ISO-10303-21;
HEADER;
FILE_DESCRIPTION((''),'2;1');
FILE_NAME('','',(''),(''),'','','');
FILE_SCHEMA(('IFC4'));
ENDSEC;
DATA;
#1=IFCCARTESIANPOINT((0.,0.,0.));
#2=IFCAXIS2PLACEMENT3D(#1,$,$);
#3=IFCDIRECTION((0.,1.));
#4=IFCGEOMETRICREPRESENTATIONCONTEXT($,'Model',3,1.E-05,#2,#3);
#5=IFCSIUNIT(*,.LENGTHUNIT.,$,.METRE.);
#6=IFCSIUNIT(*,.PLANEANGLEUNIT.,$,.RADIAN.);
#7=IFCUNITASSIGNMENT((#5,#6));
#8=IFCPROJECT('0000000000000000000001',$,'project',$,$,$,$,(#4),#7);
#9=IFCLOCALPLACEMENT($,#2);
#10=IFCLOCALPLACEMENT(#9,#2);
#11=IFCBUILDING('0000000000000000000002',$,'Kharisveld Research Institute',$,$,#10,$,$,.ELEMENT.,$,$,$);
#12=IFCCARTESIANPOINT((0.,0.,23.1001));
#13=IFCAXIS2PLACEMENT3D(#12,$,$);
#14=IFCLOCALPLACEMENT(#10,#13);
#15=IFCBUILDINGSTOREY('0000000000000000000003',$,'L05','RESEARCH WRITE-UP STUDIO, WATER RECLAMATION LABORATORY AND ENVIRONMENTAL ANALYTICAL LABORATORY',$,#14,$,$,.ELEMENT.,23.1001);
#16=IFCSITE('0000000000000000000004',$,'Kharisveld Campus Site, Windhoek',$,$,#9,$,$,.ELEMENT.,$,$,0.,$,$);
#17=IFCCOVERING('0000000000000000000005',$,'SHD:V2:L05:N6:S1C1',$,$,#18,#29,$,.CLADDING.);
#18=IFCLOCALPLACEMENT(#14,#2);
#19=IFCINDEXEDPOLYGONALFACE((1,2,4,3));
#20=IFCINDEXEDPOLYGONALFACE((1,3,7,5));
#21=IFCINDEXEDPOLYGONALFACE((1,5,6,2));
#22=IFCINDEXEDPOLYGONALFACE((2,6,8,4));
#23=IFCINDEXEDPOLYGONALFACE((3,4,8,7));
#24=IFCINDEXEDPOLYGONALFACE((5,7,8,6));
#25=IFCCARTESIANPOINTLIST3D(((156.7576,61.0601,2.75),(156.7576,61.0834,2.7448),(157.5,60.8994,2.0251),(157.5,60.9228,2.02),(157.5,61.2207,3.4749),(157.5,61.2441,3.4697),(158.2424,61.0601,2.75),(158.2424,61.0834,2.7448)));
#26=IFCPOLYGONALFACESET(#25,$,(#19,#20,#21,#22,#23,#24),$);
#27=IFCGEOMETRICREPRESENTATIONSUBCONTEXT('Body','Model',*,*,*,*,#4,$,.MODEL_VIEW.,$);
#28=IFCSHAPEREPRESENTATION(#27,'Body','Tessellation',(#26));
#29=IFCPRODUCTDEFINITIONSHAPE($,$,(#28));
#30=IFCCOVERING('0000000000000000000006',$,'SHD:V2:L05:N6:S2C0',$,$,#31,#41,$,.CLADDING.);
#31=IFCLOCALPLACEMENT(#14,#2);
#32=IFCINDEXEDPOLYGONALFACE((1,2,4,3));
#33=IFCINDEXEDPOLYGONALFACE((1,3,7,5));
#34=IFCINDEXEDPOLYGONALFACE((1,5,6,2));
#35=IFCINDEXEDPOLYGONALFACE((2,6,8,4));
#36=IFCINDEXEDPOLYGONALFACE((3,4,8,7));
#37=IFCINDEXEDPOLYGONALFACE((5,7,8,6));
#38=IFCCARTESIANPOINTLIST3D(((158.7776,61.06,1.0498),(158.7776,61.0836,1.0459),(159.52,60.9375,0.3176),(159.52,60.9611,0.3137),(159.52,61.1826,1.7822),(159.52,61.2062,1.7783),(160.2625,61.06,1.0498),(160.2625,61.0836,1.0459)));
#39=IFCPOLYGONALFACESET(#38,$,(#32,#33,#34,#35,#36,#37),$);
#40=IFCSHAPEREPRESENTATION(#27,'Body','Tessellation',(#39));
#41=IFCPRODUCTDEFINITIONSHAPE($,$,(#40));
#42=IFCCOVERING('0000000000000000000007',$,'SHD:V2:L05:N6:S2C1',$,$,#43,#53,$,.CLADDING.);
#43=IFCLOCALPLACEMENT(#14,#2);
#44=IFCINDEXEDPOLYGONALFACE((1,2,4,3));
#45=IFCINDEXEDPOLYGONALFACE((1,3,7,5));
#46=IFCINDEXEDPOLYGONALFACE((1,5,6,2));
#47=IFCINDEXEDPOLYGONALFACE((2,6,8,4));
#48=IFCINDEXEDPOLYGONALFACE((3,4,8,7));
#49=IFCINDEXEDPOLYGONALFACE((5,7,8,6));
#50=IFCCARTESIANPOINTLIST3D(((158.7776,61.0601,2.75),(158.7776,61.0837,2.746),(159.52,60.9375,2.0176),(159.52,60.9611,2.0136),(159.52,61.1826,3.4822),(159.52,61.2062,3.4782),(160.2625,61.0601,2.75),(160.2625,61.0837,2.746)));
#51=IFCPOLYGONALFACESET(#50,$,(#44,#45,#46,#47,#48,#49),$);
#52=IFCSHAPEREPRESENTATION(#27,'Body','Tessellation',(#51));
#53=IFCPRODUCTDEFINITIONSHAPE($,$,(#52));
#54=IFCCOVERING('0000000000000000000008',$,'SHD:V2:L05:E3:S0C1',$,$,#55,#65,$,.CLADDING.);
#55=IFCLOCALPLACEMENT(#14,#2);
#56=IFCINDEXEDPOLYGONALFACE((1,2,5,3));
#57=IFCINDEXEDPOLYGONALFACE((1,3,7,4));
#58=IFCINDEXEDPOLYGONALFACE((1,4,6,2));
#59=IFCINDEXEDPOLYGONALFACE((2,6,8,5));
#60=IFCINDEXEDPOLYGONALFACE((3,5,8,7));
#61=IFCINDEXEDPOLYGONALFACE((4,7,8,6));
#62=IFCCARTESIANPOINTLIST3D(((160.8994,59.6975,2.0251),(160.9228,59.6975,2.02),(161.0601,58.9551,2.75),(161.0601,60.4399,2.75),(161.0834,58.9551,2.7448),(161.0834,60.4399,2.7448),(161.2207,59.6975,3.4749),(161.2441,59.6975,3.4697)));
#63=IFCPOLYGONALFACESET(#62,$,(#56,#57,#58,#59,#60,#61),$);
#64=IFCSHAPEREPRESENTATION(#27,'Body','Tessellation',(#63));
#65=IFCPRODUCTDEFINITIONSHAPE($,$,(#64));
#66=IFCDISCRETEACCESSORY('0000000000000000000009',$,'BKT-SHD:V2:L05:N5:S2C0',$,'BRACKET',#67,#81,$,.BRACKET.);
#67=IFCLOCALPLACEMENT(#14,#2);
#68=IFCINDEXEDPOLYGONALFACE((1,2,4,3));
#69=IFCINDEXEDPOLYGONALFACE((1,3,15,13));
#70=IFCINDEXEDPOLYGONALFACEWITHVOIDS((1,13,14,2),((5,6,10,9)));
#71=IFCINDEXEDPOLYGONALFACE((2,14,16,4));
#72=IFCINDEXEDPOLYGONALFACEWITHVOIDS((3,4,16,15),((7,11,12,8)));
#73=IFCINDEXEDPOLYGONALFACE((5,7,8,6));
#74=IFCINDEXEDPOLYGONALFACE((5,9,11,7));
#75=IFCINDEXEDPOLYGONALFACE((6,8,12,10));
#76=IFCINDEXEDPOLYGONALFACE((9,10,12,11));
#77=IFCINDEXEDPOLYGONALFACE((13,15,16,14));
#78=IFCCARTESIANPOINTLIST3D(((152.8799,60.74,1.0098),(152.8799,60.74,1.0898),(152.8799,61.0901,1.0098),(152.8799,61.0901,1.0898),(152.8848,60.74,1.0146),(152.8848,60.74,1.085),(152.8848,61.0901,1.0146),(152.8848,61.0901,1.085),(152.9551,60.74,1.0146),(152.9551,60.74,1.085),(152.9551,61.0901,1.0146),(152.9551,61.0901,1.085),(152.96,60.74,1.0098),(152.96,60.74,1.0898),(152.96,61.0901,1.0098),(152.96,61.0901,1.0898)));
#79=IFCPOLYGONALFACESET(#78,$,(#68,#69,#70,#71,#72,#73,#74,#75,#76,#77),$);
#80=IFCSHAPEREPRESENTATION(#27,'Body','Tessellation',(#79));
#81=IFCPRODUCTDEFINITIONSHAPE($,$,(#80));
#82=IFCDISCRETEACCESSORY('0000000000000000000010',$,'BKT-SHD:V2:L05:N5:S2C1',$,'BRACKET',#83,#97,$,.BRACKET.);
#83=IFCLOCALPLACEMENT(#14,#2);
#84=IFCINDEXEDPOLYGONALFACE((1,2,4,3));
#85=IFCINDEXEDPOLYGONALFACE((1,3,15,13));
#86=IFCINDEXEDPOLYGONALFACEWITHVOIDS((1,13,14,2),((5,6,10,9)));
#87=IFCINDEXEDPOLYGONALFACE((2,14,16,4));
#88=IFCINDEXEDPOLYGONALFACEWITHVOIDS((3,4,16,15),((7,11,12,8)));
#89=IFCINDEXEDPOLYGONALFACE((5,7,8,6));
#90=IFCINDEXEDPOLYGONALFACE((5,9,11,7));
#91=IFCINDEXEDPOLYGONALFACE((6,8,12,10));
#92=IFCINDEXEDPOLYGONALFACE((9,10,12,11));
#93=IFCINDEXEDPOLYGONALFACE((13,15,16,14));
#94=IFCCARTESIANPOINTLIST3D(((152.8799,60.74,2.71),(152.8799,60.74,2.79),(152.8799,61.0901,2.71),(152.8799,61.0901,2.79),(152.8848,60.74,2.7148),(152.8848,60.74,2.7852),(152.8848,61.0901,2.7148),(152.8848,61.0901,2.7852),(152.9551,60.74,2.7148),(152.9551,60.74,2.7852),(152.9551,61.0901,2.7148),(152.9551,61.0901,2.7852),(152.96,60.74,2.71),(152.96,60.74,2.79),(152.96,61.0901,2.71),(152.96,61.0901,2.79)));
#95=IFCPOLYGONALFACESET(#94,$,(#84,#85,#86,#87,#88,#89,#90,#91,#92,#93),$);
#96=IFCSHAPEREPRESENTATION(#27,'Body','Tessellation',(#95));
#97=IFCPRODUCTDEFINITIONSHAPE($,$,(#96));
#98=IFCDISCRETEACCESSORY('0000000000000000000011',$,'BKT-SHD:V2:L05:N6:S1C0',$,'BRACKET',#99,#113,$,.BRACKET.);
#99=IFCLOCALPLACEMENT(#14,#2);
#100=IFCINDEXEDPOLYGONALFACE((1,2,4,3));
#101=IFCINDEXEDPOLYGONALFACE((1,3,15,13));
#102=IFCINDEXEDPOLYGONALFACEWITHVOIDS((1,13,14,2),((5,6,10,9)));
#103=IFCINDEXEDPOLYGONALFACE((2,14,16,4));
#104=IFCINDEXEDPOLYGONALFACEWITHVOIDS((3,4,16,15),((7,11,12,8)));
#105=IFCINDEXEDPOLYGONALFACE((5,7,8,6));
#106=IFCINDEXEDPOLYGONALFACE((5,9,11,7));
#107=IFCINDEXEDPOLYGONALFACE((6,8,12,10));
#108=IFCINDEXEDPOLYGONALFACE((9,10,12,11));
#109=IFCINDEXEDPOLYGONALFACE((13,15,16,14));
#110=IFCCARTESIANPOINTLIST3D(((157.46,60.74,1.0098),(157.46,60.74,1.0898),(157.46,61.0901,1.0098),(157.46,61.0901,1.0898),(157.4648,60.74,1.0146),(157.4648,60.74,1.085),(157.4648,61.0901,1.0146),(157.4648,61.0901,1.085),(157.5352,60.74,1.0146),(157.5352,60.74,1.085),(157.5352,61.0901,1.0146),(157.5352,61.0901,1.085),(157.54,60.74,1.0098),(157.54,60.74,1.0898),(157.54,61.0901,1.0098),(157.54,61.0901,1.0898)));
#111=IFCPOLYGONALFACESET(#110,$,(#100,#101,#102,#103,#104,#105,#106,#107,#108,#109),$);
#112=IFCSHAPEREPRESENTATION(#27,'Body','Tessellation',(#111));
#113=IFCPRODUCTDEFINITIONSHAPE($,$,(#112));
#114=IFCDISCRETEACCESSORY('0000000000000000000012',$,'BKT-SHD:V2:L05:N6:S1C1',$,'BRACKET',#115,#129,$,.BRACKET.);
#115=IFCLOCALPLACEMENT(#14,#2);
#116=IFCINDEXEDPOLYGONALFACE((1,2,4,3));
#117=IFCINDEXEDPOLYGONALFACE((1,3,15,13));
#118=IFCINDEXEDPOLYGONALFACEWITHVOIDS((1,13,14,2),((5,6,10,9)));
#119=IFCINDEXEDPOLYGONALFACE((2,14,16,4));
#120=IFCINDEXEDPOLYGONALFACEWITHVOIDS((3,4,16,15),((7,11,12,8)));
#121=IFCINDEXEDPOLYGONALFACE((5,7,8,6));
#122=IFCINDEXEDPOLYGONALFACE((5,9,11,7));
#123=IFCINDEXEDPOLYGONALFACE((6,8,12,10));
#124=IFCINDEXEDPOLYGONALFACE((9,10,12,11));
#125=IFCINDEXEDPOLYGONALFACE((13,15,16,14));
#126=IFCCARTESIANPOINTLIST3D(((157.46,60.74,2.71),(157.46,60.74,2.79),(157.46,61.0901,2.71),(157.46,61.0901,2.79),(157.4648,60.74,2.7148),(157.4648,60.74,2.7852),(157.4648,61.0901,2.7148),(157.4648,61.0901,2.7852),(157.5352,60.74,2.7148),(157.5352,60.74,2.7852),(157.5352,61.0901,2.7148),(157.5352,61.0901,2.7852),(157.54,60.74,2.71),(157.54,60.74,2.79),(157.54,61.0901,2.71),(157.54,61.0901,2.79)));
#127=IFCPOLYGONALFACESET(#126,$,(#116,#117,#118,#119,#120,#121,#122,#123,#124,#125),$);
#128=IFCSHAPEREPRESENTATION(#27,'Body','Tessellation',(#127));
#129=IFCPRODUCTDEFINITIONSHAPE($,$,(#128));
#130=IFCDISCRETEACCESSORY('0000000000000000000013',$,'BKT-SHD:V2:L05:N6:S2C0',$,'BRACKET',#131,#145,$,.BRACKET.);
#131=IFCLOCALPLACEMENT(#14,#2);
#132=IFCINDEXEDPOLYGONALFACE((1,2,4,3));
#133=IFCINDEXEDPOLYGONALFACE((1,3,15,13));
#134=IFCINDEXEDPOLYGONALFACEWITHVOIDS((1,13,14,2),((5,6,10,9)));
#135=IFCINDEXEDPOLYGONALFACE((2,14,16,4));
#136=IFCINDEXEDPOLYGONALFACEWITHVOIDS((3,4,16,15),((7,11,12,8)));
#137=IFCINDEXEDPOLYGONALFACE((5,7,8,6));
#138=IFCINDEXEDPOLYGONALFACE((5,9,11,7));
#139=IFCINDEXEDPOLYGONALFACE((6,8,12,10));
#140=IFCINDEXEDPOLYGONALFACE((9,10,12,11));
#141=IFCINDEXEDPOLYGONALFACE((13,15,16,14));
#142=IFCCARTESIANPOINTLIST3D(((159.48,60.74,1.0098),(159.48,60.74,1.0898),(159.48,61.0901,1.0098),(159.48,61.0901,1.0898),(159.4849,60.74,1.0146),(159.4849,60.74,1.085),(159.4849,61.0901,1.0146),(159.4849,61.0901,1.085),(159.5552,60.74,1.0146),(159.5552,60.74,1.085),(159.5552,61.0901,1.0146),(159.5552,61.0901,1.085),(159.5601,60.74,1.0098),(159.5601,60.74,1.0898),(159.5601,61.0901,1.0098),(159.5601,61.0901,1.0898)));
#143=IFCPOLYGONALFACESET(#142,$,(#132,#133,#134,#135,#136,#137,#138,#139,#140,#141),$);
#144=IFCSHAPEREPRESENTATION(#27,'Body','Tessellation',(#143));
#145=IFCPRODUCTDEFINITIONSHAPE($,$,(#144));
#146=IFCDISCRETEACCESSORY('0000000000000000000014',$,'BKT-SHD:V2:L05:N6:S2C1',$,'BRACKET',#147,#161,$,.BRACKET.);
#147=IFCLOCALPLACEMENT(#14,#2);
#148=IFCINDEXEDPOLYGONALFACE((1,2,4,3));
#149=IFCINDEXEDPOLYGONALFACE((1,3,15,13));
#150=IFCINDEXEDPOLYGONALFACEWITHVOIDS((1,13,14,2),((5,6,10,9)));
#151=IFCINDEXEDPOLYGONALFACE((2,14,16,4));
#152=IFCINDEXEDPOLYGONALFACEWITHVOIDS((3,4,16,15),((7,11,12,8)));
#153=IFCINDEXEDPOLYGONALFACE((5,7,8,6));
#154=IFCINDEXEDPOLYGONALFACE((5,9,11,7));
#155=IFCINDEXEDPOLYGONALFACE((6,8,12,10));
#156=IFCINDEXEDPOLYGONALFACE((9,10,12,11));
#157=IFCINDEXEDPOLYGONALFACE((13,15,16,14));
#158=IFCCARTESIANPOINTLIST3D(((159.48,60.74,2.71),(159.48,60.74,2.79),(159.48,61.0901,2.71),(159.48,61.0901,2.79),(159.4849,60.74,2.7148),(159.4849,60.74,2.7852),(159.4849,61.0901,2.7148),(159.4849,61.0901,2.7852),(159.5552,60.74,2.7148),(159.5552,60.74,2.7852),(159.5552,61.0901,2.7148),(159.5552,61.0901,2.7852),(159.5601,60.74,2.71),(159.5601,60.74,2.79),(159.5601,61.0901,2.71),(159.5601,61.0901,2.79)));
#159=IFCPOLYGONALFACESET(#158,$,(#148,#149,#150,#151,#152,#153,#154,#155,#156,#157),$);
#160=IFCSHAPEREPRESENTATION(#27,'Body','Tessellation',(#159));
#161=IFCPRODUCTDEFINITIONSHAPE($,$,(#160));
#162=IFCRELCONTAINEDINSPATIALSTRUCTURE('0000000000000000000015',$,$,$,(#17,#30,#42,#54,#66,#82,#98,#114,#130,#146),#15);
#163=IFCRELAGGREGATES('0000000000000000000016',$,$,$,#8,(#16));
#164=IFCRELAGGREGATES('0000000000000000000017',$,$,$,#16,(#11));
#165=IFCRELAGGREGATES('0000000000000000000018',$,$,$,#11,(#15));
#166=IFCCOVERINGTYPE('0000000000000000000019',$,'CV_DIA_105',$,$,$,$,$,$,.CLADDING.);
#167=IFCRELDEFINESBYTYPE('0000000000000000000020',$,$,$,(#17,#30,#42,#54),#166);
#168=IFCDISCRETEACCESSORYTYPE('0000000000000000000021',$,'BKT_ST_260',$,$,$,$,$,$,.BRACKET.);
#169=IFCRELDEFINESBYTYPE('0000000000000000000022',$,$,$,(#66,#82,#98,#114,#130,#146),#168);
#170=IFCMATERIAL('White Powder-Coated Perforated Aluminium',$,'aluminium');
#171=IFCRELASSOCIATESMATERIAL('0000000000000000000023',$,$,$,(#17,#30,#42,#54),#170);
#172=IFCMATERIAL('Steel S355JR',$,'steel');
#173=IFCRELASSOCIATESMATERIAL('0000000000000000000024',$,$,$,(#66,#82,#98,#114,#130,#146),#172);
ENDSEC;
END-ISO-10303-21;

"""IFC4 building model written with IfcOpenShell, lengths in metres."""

from ifc_helpers import new_model, si_unit, direction, frame, origin, origin_2d, place, context, subcontext, project, spatial, polyline, hollow_rectangle, outline, extrude, material, type_object, element, save


model = new_model("IFC4")

# Units and contexts
model_context = context("Model", 3, precision=1e-05, world=origin(), true_north=direction((0.0, 1.0)))
body_context = subcontext(model_context, "Body", "Model", "MODEL_VIEW")
ifc_project = project(units=[si_unit("LENGTHUNIT", "METRE"), si_unit("PLANEANGLEUNIT", "RADIAN")], contexts=[model_context])

# Site, building, storey
site_placement = place(None, origin())
site = spatial("IfcSite", under=ifc_project, at=site_placement, Name="Kharisveld Campus Site, Windhoek", CompositionType="ELEMENT", RefElevation=0.0)
building_placement = place(site_placement, origin())
building = spatial("IfcBuilding", under=site, at=building_placement, Name="Kharisveld Research Institute", CompositionType="ELEMENT")
storey_placement = place(building_placement, frame((0.0, 0.0, 23.1001)))
storey = spatial("IfcBuildingStorey", under=building, at=storey_placement, Name="L05", Description="RESEARCH WRITE-UP STUDIO, WATER RECLAMATION LABORATORY AND ENVIRONMENTAL ANALYTICAL LABORATORY", CompositionType="ELEMENT", Elevation=23.1001)

# Coverings
ifc_material_1 = material(Name="White Powder-Coated Perforated Aluminium", Category="aluminium")
covering_type = type_object("IfcCoveringType", Name="CV_DIA_105", PredefinedType="CLADDING")
for number, where, z_axis, x_axis, name in (
    (1, (157.5, 60.8994, 2.0251), (0.0, -0.976311, 0.216373), (0.707102, 0.153, 0.69036), "SHD:V2:L05:N6:S1C1"),
):
    element("IfcCovering", number, at=place(storey_placement, frame(where, z_axis=z_axis, x_axis=x_axis)), inside=storey, type_object=covering_type, material=ifc_material_1, Name=name, PredefinedType="CLADDING", context=body_context, shape_type="SweptSolid", body=[
        extrude(outline(polyline([(0.0, 0.0), (1.05, 0.0), (1.05, 1.05), (0.0, 1.05), (0.0, 0.0)])), origin(), (0.0, 0.0, -1.0), 0.0239),
    ])
covering_1_placement = place(storey_placement, frame((159.52, 60.9375, 0.3176), z_axis=(0.0, -0.986283, 0.165065), x_axis=(0.707139, 0.116714, 0.697376)))
element("IfcCovering", 2, at=covering_1_placement, inside=storey, type_object=covering_type, material=ifc_material_1, Name="SHD:V2:L05:N6:S2C0", PredefinedType="CLADDING", context=body_context, shape_type="SweptSolid", body=[
    extrude(outline(polyline([(0.0, 0.0), (1.0499, 0.0), (1.05, 1.0501), (-0.0001, 1.0499), (0.0, 0.0)])), origin(), (0.0, 0.0, -1.0), 0.0239),
])
covering_2_placement = place(storey_placement, frame((159.52, 60.9375, 2.0176), z_axis=(0.0, -0.986283, 0.165065), x_axis=(0.707024, 0.116733, 0.697489)))
element("IfcCovering", 3, at=covering_2_placement, inside=storey, type_object=covering_type, material=ifc_material_1, Name="SHD:V2:L05:N6:S2C1", PredefinedType="CLADDING", context=body_context, shape_type="SweptSolid", body=[
    extrude(outline(polyline([(0.0, 0.0), (1.0501, 0.0), (1.0502, 1.0499), (0.0002, 1.0501), (0.0, 0.0)])), origin(), (0.0, 0.0, -1.0), 0.0239),
])
covering_3_placement = place(storey_placement, frame((160.8994, 59.6975, 2.0251), z_axis=(-0.976311, 0.0, 0.216373), x_axis=(0.153, -0.707102, 0.69036)))
element("IfcCovering", 4, at=covering_3_placement, inside=storey, type_object=covering_type, material=ifc_material_1, Name="SHD:V2:L05:E3:S0C1", PredefinedType="CLADDING", context=body_context, shape_type="SweptSolid", body=[
    extrude(outline(polyline([(0.0, 0.0), (1.05, 0.0), (1.05, 1.05), (0.0, 1.05), (0.0, 0.0)])), origin(), (0.0, 0.0, -1.0), 0.0239),
])

# Discrete accessories
ifc_material_2 = material(Name="Steel S355JR", Category="steel")
discrete_accessory_type = type_object("IfcDiscreteAccessoryType", Name="BKT_ST_260", PredefinedType="BRACKET")
for number, where, z_axis, x_axis, name in (
    (5, (152.9199, 60.74, 1.0498), (0.0, 1.0, 0.0), (-1.0, 0.0, 0.0), "BKT-SHD:V2:L05:N5:S2C0"),
    (6, (152.9199, 60.74, 2.75), (0.0, 1.0, 0.0), (-1.0, 0.0, 0.0), "BKT-SHD:V2:L05:N5:S2C1"),
    (7, (157.5, 60.74, 1.0498), (0.0, 1.0, 0.0), (-1.0, 0.0, 0.0), "BKT-SHD:V2:L05:N6:S1C0"),
    (8, (157.5, 60.74, 2.75), (0.0, 1.0, 0.0), (-1.0, 0.0, 0.0), "BKT-SHD:V2:L05:N6:S1C1"),
    (9, (159.52, 60.74, 1.0498), (0.0, 1.0, 0.0), (-1.0, 0.0, 0.0), "BKT-SHD:V2:L05:N6:S2C0"),
    (10, (159.52, 60.74, 2.75), (0.0, 1.0, 0.0), (-1.0, 0.0, 0.0), "BKT-SHD:V2:L05:N6:S2C1"),
):
    element("IfcDiscreteAccessory", number, at=place(storey_placement, frame(where, z_axis=z_axis, x_axis=x_axis)), inside=storey, type_object=discrete_accessory_type, material=ifc_material_2, Name=name, ObjectType="BRACKET", PredefinedType="BRACKET", context=body_context, shape_type="SweptSolid", body=[
        extrude(hollow_rectangle(XDim=0.0801, YDim=0.0801, WallThickness=0.0049, at=origin_2d()), origin(), (0.0, 0.0, 1.0), 0.3501),
    ])

save(model, "model.ifc")
